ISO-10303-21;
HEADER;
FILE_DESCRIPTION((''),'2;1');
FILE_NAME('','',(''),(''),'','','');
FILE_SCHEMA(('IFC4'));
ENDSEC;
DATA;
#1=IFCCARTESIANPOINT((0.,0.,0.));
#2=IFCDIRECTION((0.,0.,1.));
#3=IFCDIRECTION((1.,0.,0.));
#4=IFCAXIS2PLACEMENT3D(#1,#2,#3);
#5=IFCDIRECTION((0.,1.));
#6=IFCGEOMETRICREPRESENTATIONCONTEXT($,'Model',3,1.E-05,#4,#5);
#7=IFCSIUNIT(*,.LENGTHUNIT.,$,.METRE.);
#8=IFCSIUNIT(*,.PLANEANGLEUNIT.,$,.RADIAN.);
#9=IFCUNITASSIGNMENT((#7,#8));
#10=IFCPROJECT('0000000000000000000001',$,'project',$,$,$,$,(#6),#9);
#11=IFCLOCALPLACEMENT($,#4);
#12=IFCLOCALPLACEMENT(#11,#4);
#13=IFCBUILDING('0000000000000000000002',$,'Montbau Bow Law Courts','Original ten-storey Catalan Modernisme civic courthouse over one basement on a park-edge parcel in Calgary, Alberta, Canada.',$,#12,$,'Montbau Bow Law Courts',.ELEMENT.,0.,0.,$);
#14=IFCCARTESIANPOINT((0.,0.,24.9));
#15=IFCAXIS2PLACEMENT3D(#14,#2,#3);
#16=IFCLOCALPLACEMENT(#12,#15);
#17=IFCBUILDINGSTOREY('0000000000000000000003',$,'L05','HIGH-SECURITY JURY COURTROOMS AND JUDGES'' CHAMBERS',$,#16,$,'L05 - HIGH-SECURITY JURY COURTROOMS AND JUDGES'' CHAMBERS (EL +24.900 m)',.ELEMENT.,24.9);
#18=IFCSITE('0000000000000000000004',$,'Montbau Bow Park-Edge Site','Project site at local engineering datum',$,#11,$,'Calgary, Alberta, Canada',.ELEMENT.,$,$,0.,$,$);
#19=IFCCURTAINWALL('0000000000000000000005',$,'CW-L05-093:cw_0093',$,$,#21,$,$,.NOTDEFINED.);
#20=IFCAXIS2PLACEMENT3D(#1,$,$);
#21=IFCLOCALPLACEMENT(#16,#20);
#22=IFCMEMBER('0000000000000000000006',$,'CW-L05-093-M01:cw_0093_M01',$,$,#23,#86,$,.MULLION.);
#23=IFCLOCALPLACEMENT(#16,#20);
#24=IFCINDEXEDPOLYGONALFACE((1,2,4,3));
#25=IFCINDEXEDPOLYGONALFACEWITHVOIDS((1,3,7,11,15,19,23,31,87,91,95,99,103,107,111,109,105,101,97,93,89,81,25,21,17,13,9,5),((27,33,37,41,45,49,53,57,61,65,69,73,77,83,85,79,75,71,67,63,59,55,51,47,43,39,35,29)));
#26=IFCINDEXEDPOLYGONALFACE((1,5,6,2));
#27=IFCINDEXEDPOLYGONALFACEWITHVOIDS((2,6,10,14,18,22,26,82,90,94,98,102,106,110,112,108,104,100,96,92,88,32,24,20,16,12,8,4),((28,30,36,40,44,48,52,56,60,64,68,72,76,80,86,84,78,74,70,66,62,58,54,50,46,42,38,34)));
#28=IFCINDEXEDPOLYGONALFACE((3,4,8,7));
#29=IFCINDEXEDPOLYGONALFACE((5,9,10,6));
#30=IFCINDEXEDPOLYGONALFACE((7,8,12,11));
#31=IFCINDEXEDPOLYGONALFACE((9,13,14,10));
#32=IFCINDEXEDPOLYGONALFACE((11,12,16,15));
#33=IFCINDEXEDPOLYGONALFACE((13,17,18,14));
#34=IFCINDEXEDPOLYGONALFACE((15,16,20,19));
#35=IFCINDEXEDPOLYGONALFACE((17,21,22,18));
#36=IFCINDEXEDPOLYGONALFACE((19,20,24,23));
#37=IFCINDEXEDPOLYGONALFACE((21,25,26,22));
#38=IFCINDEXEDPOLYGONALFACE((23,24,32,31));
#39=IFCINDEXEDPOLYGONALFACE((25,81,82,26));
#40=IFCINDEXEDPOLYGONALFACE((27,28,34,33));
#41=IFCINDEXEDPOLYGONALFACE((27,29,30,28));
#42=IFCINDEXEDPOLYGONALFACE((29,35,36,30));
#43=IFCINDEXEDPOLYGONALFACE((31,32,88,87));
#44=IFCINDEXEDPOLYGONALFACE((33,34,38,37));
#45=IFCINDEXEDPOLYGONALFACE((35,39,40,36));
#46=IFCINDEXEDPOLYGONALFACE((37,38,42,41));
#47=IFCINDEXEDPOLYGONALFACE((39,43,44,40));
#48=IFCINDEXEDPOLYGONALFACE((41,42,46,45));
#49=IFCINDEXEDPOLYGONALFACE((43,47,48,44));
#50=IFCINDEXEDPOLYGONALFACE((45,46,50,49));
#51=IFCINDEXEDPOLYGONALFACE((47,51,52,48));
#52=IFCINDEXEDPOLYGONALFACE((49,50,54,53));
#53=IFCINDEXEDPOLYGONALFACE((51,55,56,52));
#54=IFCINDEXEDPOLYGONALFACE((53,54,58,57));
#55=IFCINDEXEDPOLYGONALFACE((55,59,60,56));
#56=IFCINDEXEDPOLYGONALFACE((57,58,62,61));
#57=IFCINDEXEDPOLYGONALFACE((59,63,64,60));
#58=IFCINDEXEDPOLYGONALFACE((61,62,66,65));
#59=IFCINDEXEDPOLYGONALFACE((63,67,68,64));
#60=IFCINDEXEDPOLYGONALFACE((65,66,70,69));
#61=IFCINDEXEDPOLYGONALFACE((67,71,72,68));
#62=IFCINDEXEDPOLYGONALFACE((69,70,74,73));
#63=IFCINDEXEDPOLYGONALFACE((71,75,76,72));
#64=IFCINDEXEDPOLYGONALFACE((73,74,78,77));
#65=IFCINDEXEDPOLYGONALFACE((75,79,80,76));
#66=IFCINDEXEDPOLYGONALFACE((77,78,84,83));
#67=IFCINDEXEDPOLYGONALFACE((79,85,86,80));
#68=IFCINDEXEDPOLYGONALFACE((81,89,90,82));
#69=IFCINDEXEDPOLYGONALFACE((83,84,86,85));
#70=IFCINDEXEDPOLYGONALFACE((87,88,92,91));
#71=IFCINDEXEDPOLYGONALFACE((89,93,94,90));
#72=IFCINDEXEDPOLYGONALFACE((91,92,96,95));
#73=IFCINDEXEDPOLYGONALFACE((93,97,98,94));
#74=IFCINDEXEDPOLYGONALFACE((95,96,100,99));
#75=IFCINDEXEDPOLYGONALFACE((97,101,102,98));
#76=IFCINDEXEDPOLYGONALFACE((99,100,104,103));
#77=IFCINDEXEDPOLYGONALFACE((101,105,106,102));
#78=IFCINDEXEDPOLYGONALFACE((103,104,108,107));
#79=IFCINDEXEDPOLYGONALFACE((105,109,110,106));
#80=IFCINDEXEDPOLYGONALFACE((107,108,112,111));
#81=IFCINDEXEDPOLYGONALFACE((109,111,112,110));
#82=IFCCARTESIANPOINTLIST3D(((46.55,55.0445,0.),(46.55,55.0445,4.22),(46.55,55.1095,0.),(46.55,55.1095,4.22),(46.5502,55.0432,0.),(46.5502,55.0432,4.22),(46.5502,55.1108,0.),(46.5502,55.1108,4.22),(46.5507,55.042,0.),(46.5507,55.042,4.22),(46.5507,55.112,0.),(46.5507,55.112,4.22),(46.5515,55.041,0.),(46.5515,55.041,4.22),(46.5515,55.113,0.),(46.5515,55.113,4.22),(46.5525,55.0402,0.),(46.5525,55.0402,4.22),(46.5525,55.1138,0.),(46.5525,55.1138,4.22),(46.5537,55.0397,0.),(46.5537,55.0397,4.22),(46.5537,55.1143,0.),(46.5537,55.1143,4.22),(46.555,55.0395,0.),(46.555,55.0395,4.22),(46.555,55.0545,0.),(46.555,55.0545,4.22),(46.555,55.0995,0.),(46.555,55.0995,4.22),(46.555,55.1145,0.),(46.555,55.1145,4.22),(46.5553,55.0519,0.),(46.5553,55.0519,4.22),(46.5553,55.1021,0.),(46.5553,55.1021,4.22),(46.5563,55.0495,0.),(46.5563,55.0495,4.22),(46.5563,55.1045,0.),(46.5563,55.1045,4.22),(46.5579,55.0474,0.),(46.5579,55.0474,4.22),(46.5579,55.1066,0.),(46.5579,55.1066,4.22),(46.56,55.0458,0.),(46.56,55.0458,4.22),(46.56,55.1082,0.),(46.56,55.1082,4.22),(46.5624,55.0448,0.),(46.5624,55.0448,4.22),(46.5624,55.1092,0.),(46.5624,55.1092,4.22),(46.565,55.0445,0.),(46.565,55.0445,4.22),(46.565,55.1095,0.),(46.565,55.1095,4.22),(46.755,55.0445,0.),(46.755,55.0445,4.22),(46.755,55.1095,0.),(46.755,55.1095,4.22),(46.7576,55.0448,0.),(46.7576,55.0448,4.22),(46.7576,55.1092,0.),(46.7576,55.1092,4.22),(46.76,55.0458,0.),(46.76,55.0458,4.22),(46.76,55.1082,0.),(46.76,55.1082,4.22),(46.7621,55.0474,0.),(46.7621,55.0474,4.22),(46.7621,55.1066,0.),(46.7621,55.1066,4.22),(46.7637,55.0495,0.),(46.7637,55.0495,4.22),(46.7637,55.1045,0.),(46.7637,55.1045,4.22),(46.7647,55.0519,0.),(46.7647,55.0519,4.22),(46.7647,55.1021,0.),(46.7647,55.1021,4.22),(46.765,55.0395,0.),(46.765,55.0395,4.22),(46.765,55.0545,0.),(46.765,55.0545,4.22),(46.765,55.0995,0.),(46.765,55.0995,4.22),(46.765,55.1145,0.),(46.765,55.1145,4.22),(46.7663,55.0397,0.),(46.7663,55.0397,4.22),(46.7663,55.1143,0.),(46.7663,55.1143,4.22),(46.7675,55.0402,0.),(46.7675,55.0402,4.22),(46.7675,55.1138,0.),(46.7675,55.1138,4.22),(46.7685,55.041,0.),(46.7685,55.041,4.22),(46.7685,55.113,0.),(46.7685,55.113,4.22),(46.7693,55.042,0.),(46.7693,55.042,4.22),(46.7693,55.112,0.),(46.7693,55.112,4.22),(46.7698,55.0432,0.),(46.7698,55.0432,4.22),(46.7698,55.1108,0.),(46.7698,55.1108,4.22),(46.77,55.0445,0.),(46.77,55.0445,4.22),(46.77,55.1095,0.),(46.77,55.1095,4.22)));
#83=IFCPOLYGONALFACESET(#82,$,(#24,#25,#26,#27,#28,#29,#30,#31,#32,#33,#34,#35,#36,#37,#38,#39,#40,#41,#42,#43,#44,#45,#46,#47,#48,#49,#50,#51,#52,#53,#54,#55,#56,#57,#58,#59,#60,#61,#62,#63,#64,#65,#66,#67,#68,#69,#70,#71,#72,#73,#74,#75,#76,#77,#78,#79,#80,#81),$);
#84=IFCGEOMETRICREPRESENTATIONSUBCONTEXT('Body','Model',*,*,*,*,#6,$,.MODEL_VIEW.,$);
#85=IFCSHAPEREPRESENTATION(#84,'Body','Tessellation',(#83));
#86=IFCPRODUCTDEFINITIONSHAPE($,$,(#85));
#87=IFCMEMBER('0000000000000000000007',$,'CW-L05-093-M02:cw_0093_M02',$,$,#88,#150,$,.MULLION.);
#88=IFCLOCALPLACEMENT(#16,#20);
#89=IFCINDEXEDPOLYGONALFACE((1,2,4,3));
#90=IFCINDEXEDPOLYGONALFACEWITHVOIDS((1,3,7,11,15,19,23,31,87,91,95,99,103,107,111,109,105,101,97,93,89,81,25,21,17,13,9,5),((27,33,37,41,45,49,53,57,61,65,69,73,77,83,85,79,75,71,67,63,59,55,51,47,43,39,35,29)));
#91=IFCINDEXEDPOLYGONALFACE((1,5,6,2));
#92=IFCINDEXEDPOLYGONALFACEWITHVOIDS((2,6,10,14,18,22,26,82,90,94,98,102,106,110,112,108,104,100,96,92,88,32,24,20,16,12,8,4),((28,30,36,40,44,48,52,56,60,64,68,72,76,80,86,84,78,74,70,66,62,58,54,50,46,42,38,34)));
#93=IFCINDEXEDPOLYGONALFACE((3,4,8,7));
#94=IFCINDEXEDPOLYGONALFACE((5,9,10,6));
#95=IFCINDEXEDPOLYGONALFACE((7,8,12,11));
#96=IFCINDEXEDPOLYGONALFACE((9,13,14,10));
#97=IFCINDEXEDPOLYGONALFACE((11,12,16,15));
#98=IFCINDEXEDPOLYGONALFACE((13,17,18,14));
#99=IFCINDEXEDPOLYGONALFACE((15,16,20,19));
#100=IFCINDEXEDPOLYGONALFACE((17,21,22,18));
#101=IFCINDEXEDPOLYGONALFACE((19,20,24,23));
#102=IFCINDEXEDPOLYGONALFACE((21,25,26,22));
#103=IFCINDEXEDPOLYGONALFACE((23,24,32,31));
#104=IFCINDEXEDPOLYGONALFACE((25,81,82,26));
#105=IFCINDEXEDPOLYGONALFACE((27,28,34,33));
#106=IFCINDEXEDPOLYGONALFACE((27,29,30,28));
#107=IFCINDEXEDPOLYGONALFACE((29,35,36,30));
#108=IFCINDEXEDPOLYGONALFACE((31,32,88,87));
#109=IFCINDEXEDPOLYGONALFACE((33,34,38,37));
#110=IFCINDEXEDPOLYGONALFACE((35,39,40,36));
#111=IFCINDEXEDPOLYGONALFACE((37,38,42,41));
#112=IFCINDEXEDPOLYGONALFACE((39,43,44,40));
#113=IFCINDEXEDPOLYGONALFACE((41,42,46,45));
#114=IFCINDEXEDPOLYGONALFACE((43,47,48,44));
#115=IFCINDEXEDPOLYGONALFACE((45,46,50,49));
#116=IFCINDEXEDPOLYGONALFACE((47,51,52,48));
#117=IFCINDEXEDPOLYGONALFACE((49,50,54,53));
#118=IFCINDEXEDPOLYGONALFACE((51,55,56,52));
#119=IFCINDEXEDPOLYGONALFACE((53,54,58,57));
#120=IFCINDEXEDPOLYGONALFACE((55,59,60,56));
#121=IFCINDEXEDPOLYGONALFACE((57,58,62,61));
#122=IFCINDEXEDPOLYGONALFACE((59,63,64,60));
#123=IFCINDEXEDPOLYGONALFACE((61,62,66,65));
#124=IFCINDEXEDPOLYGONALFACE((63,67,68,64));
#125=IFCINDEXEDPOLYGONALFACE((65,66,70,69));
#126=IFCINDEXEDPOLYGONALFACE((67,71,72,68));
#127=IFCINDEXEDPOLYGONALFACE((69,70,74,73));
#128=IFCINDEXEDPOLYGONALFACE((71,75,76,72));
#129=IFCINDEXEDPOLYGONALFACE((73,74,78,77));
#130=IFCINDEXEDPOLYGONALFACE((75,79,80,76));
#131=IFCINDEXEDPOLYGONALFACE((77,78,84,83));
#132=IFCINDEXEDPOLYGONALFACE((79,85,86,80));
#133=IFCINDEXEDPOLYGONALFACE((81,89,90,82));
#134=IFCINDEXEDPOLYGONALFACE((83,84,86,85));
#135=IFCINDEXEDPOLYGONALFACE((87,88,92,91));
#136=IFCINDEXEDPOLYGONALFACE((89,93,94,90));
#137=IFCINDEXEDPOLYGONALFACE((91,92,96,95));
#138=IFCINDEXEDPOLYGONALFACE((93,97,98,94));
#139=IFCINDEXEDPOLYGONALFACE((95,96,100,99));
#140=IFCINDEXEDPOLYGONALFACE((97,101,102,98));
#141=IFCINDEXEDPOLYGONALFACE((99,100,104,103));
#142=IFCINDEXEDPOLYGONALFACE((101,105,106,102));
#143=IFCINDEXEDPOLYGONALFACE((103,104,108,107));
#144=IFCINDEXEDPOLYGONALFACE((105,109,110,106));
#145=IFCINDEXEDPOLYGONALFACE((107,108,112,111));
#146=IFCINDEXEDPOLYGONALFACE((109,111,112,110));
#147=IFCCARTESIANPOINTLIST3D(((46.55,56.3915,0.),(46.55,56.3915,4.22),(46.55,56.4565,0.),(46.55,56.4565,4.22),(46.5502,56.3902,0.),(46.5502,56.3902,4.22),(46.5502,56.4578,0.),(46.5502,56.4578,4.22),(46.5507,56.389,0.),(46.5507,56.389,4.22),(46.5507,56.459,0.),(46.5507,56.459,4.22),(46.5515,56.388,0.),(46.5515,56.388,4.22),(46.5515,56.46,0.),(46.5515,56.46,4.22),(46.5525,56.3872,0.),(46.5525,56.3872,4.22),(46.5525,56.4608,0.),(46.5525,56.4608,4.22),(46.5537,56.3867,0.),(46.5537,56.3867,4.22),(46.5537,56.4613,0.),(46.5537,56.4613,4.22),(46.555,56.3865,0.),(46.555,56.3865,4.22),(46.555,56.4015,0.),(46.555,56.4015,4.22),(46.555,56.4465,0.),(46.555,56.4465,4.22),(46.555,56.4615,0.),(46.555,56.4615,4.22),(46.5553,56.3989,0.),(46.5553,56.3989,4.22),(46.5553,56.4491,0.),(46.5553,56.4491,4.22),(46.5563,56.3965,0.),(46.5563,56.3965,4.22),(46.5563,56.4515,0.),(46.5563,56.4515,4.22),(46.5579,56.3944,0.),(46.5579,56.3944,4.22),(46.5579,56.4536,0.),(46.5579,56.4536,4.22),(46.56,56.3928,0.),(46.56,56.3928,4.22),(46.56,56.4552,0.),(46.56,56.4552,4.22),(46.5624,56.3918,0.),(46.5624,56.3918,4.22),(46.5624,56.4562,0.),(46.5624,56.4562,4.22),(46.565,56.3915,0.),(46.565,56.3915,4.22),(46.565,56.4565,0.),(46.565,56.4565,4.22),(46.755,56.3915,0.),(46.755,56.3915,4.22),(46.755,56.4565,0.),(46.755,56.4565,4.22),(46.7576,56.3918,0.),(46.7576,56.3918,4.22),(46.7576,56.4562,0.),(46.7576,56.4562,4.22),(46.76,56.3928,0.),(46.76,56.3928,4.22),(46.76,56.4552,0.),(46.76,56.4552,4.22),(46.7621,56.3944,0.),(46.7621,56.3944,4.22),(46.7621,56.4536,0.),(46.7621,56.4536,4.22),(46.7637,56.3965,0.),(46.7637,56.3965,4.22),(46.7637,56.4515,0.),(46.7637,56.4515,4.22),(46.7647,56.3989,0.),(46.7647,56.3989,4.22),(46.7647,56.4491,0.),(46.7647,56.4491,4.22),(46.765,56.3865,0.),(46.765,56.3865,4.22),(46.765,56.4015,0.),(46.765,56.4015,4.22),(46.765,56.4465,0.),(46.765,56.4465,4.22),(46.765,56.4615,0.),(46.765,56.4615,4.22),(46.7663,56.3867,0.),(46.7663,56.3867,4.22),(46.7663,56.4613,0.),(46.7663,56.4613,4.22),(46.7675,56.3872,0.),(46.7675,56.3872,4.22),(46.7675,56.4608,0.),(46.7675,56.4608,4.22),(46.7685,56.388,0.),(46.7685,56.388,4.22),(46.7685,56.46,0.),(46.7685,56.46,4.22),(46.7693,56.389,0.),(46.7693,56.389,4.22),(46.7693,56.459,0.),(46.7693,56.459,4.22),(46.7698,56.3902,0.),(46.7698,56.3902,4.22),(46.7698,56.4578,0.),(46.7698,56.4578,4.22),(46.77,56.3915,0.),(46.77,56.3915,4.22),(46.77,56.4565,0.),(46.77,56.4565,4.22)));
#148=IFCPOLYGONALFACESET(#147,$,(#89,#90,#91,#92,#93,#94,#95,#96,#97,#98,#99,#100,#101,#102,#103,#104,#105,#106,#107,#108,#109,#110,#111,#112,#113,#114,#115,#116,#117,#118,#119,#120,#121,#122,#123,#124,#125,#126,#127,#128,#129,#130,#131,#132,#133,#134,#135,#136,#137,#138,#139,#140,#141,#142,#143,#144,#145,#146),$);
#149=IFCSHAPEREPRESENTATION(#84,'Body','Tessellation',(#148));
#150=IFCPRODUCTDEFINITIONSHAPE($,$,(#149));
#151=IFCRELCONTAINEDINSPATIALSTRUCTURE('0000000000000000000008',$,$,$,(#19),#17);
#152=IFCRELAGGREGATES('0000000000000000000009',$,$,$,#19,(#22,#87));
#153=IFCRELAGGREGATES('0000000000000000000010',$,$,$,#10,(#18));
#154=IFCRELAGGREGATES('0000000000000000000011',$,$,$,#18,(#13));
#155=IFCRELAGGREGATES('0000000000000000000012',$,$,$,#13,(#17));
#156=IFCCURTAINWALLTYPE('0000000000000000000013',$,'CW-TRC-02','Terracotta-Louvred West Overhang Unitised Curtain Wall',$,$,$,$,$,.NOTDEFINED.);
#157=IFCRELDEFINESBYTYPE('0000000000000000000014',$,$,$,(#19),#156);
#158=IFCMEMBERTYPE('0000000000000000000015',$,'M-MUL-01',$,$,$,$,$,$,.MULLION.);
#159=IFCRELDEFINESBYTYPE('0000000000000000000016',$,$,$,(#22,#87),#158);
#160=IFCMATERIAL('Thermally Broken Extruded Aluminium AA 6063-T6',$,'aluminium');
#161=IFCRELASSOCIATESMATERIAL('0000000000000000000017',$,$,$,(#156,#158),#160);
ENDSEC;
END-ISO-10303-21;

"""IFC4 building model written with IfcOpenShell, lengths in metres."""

from ifc_helpers import new_model, si_unit, direction, frame, origin_with_axes, origin_2d_with_axis, place, context, subcontext, project, spatial, hollow_rectangle, extrude, material, material_profile, profile_set, type_object, element, aggregate, save


model = new_model("IFC4")

# Units and contexts
model_context = context("Model", 3, precision=1e-05, world=origin_with_axes(), true_north=direction((0.0, 1.0)))
body_context = subcontext(model_context, "Body", "Model", "MODEL_VIEW")
ifc_project = project(units=[si_unit("LENGTHUNIT", "METRE"), si_unit("PLANEANGLEUNIT", "RADIAN")], contexts=[model_context])

# Site, building, storey
site_placement = place(None, origin_with_axes())
site = spatial("IfcSite", under=ifc_project, at=site_placement, Name="Montbau Bow Park-Edge Site", Description="Project site at local engineering datum", LongName="Calgary, Alberta, Canada", CompositionType="ELEMENT", RefElevation=0.0)
building_placement = place(site_placement, origin_with_axes())
building = spatial("IfcBuilding", under=site, at=building_placement, Name="Montbau Bow Law Courts", Description="Original ten-storey Catalan Modernisme civic courthouse over one basement on a park-edge parcel in Calgary, Alberta, Canada.", LongName="Montbau Bow Law Courts", CompositionType="ELEMENT", ElevationOfRefHeight=0.0, ElevationOfTerrain=0.0)
storey_placement = place(building_placement, frame((0.0, 0.0, 24.9), z_axis=(0.0, 0.0, 1.0), x_axis=(1.0, 0.0, 0.0)))
storey = spatial("IfcBuildingStorey", under=building, at=storey_placement, Name="L05", Description="HIGH-SECURITY JURY COURTROOMS AND JUDGES' CHAMBERS", LongName="L05 - HIGH-SECURITY JURY COURTROOMS AND JUDGES' CHAMBERS (EL +24.900 m)", CompositionType="ELEMENT", Elevation=24.9)

# Curtain wall, members
ifc_material_1 = material(Name="Thermally Broken Extruded Aluminium AA 6063-T6", Category="aluminium")
curtain_wall_type = type_object("IfcCurtainWallType", Name="CW-TRC-02", Description="Terracotta-Louvred West Overhang Unitised Curtain Wall", PredefinedType="NOTDEFINED", material=ifc_material_1)
curtain_wall_placement = place(None, frame((46.66, 55.04, 24.9), z_axis=(0.0, 0.0, 1.0), x_axis=(1.0, 0.0, 0.0)))
curtain_wall = element("IfcCurtainWall", 1, at=curtain_wall_placement, inside=storey, type_object=curtain_wall_type, Name="CW-L05-093:cw_0093", PredefinedType="NOTDEFINED")
ifc_material_profile_1 = material_profile(ifc_material_1, hollow_rectangle(XDim=0.075, YDim=0.22, WallThickness=0.005, InnerFilletRadius=0.01, OuterFilletRadius=0.005, at=origin_2d_with_axis()), Name="CWM-220X75", Category="Main", Priority=0)
ifc_profile_set_1 = profile_set([ifc_material_profile_1], Name="Thermally Broken Extruded Aluminium AA 6063-T6")
member_type_1 = type_object("IfcMemberType", Name="M-MUL-01", PredefinedType="MULLION", material=ifc_profile_set_1)
member_1_placement = place(None, frame((46.66, 55.077, 24.9), z_axis=(0.0, 0.0, 1.0), x_axis=(0.0, 1.0, 0.0)))
member_1 = element("IfcMember", 2, at=member_1_placement, type_object=member_type_1, Name="CW-L05-093-M01:cw_0093_M01", PredefinedType="MULLION", context=body_context, shape_type="SweptSolid", body=[
    extrude(hollow_rectangle(XDim=0.075, YDim=0.22, WallThickness=0.005, InnerFilletRadius=0.01, OuterFilletRadius=0.005, at=origin_2d_with_axis()), origin_with_axes(), (0.0, 0.0, 1.0), 4.22),
])
member_2_placement = place(None, frame((46.66, 56.424, 24.9), z_axis=(0.0, 0.0, 1.0), x_axis=(0.0, 1.0, 0.0)))
member_2 = element("IfcMember", 3, at=member_2_placement, type_object=member_type_1, Name="CW-L05-093-M02:cw_0093_M02", PredefinedType="MULLION", context=body_context, shape_type="SweptSolid", body=[
    extrude(hollow_rectangle(XDim=0.075, YDim=0.22, WallThickness=0.005, InnerFilletRadius=0.01, OuterFilletRadius=0.005, at=origin_2d_with_axis()), origin_with_axes(), (0.0, 0.0, 1.0), 4.22),
])
aggregate(curtain_wall, [member_1, member_2])

save(model, "model.ifc")
